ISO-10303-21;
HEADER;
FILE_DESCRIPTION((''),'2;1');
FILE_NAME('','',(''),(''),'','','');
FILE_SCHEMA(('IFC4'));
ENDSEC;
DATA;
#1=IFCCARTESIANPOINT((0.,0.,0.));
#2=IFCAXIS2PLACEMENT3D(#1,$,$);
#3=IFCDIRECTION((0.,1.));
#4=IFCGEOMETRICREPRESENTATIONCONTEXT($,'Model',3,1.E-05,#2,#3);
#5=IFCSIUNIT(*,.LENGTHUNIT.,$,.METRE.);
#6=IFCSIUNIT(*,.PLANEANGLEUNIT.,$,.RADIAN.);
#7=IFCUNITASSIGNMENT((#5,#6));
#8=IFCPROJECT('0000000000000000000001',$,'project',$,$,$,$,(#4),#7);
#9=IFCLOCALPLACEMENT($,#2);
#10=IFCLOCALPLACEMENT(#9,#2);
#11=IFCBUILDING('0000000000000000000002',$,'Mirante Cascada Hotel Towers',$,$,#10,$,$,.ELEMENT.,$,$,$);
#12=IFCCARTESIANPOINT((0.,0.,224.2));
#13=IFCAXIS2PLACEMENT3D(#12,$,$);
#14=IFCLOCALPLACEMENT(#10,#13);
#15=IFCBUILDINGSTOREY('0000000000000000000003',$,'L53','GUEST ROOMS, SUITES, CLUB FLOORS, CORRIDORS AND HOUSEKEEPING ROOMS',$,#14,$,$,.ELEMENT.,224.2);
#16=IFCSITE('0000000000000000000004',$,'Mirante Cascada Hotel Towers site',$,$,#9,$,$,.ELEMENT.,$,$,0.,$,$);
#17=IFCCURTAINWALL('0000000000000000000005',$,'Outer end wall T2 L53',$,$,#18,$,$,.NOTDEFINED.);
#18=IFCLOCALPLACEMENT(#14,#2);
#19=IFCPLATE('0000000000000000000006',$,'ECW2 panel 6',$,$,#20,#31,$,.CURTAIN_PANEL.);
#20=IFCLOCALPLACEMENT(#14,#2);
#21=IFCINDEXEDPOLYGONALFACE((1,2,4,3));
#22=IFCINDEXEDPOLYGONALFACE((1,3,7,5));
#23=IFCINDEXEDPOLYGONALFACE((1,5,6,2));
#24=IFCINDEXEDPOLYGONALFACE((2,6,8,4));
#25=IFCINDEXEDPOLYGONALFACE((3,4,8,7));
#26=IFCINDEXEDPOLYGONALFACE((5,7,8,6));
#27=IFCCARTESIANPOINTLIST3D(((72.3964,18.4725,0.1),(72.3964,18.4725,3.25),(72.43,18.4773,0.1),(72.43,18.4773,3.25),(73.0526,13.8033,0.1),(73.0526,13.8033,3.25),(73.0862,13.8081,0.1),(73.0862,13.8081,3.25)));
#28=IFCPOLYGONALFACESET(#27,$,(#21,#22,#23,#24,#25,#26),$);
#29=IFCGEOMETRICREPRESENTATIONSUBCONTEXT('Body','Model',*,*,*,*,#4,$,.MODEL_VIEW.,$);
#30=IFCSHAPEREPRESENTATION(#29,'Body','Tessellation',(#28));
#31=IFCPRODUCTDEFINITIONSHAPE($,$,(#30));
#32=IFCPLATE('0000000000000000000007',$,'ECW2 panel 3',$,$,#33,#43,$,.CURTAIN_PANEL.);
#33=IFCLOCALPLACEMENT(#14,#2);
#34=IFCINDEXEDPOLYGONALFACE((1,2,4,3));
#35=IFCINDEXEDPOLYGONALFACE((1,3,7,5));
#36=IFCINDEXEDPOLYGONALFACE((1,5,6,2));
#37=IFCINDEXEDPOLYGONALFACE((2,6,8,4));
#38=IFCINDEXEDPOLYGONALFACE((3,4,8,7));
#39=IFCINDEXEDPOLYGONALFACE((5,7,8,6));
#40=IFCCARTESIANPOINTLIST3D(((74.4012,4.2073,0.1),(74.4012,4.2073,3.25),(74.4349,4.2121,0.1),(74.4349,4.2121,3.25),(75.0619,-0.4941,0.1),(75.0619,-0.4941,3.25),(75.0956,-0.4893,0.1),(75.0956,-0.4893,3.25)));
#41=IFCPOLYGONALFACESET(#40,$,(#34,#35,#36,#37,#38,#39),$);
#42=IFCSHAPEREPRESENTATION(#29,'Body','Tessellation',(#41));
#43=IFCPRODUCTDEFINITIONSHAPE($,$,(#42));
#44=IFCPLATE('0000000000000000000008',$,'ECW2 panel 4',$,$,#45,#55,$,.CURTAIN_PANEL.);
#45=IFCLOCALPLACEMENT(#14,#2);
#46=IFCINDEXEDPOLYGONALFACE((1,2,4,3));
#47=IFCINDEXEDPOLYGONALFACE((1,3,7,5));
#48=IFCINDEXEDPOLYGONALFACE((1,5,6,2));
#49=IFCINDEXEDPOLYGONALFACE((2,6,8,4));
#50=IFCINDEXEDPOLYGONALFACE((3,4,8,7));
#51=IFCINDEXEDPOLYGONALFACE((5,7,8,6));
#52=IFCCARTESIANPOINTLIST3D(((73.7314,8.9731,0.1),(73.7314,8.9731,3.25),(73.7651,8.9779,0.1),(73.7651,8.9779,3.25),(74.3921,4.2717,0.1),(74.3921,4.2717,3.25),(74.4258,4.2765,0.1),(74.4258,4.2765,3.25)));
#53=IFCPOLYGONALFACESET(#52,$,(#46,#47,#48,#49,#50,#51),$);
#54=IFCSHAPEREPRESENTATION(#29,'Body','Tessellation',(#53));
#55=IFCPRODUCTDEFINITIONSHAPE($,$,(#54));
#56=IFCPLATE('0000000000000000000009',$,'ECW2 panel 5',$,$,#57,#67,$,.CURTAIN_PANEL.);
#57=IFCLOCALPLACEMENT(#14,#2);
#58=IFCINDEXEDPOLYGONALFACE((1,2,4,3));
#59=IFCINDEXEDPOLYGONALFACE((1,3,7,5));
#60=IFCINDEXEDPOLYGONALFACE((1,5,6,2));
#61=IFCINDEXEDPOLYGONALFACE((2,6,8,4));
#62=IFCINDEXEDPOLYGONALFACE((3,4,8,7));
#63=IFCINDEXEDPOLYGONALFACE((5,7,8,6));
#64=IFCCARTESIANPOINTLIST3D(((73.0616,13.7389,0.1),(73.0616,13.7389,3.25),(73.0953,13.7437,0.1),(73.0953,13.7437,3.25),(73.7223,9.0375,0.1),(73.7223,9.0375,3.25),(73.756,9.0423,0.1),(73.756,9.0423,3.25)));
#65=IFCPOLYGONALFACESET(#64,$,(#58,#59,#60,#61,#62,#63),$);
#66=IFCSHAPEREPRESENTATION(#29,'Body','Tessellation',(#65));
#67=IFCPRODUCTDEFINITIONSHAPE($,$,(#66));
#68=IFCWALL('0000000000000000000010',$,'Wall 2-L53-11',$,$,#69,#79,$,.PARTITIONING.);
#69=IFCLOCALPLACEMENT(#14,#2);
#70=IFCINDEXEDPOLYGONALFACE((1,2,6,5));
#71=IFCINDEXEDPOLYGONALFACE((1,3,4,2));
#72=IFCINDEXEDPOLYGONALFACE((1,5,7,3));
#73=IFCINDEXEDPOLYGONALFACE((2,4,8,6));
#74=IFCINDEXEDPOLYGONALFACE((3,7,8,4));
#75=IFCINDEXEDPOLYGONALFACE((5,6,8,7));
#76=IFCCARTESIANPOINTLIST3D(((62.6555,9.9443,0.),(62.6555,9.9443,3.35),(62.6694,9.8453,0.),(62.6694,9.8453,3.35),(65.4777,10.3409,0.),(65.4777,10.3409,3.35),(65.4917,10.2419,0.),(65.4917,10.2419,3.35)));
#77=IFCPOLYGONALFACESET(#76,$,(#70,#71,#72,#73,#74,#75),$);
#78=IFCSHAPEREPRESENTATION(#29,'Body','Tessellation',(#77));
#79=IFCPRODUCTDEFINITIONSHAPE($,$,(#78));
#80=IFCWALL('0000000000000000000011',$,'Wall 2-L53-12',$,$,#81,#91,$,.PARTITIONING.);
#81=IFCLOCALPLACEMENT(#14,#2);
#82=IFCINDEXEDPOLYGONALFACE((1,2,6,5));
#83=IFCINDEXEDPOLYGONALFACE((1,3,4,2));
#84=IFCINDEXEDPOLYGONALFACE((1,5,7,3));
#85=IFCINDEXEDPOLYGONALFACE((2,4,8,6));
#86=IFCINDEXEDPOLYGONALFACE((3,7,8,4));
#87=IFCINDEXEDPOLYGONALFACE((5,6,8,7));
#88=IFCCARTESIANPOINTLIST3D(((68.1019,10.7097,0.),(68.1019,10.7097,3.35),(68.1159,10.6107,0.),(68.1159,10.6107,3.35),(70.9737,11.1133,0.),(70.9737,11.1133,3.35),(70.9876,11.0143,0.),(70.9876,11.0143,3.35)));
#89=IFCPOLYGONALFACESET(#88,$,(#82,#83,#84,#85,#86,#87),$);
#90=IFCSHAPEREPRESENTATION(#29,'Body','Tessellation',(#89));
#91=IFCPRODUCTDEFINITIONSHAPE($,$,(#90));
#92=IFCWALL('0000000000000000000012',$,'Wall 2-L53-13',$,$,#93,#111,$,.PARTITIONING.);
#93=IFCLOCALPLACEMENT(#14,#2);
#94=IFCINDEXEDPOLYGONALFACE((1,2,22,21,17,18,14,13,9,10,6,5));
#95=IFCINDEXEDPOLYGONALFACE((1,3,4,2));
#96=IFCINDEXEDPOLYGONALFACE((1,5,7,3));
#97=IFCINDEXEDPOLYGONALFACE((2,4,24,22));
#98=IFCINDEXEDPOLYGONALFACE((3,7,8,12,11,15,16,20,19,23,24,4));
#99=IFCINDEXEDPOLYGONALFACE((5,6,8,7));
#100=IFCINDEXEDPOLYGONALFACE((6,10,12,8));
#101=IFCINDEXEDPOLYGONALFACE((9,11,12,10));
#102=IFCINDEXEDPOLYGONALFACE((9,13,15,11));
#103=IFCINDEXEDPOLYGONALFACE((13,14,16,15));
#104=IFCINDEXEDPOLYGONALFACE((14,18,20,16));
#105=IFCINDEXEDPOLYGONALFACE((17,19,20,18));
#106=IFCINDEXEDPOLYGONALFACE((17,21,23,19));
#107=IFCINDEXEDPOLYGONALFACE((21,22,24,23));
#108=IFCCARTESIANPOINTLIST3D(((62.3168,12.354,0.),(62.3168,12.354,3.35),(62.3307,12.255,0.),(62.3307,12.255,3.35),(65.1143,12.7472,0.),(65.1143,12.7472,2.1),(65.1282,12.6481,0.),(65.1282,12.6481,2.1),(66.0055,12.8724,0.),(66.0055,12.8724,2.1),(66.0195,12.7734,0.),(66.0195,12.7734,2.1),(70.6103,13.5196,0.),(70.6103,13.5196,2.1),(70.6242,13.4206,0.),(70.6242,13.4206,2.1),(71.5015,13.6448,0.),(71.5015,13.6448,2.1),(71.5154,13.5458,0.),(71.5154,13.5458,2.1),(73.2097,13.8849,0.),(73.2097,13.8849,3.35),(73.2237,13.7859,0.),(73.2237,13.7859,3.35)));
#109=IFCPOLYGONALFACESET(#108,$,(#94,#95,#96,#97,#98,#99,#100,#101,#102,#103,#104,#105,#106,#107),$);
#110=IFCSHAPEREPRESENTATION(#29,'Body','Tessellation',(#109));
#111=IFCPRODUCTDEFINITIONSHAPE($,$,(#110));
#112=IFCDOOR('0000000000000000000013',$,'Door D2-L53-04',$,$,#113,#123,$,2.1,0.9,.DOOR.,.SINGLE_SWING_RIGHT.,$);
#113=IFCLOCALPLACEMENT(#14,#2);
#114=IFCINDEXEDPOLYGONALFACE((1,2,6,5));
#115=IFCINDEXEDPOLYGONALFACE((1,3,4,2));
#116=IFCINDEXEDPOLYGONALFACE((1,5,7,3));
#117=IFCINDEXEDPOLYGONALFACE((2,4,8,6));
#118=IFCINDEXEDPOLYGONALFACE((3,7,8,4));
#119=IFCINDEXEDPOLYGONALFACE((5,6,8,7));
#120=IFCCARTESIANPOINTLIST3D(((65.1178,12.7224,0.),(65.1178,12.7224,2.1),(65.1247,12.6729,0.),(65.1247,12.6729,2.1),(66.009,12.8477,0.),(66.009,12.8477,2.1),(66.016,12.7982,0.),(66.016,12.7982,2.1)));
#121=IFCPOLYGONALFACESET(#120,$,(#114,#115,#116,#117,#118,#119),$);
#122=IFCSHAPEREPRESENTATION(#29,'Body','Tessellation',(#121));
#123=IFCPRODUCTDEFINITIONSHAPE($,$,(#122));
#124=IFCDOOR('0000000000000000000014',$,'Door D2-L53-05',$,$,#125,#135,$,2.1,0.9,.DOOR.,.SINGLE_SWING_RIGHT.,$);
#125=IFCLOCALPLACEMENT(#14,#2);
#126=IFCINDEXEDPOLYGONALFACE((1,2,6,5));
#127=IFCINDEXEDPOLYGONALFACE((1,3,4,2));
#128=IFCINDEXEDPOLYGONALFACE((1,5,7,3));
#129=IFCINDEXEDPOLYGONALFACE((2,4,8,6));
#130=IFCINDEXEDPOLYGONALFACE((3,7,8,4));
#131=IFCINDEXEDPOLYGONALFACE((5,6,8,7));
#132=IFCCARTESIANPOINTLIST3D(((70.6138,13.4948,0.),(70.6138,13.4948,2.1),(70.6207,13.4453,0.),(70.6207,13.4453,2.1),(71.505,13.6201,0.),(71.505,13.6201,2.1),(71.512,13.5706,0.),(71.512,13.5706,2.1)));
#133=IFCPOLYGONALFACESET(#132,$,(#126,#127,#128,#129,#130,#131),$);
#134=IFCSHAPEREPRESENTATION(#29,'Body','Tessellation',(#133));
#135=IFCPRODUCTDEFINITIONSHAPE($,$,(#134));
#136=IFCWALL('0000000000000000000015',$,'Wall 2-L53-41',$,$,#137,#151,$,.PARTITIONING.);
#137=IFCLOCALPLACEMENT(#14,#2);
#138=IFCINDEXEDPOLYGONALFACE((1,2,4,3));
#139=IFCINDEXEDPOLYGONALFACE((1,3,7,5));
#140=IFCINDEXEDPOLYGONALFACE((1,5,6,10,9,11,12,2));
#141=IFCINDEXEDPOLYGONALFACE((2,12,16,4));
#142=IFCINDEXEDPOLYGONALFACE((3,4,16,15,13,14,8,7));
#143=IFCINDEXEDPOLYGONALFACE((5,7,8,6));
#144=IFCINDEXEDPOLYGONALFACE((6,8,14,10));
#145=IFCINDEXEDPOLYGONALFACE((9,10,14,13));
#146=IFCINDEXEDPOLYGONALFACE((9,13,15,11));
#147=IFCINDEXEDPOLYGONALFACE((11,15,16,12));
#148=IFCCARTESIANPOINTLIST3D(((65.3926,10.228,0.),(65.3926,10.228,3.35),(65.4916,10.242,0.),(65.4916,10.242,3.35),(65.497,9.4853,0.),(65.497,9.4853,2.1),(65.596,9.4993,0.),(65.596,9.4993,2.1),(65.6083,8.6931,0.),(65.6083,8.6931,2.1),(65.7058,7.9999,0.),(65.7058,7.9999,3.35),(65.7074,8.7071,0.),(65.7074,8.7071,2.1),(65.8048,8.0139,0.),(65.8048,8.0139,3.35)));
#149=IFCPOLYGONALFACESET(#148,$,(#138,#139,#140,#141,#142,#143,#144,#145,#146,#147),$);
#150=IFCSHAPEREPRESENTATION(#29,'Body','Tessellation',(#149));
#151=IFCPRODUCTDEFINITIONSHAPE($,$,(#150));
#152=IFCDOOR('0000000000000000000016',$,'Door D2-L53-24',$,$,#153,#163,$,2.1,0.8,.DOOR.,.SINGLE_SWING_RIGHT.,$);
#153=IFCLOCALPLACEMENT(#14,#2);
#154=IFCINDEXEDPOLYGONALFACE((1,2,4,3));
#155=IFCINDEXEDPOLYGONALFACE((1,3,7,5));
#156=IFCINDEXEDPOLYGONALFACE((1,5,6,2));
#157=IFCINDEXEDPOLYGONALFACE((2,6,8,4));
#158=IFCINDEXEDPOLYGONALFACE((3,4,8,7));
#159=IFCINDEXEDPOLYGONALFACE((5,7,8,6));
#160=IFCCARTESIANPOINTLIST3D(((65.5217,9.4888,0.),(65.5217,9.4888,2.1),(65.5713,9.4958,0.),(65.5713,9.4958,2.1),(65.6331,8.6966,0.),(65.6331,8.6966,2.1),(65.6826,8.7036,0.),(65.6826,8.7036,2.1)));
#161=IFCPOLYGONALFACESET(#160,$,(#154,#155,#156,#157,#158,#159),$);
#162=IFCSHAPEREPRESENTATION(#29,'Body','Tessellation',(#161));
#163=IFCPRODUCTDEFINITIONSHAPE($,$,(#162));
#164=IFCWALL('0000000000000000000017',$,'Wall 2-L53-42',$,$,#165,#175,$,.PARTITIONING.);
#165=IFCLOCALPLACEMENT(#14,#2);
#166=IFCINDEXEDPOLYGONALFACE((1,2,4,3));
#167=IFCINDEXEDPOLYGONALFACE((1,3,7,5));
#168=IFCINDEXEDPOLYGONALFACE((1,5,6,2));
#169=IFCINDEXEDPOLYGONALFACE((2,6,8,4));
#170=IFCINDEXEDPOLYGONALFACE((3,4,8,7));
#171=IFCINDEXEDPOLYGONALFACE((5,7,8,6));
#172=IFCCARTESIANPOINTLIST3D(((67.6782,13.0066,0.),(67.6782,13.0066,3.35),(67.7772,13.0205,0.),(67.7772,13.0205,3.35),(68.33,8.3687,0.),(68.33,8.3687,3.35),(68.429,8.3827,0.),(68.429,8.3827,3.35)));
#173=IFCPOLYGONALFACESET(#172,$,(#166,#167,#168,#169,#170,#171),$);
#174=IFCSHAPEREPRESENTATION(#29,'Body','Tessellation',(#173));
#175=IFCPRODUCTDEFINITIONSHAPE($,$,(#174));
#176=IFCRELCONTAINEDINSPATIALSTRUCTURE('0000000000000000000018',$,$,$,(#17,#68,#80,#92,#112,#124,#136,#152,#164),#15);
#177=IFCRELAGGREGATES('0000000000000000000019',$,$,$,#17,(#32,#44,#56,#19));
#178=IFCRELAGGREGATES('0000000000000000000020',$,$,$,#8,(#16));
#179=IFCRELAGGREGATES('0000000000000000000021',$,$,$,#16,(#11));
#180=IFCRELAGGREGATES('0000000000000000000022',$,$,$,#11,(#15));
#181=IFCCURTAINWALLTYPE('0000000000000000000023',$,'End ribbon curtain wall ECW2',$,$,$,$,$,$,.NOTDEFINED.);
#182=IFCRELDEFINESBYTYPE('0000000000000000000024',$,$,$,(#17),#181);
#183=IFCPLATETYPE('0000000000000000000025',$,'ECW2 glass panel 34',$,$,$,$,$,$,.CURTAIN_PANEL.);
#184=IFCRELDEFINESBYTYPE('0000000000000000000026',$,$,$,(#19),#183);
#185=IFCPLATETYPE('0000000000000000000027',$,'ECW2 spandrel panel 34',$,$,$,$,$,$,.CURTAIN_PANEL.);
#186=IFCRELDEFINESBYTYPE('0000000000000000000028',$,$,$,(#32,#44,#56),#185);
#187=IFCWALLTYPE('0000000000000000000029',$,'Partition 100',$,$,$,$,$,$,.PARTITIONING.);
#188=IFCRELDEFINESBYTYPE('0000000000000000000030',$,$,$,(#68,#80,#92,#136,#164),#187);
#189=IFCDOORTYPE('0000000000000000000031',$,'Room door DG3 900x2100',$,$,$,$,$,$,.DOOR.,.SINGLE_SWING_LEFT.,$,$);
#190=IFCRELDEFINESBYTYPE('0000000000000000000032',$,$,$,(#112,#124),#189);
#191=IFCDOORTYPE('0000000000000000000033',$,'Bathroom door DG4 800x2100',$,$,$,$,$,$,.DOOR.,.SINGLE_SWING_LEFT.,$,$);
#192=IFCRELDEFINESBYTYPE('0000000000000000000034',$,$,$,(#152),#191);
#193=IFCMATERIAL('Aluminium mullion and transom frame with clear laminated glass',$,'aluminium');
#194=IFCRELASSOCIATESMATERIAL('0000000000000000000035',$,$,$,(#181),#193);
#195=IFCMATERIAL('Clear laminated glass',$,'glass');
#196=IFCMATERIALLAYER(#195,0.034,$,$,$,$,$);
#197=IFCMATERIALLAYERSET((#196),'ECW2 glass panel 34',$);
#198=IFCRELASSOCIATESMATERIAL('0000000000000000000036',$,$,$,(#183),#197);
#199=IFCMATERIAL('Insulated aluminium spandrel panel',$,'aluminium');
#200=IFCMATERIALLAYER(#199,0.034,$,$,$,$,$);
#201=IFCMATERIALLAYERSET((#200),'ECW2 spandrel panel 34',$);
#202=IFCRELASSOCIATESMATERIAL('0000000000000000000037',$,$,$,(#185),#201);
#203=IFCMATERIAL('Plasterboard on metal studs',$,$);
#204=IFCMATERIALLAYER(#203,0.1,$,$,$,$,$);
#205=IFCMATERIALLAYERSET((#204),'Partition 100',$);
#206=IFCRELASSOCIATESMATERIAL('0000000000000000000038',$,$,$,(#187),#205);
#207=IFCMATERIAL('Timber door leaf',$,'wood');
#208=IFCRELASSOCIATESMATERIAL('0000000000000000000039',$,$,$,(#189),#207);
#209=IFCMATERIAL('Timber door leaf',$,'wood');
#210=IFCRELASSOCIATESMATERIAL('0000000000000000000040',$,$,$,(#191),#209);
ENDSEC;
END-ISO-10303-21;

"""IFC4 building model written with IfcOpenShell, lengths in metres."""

from ifc_helpers import new_model, si_unit, direction, frame, frame_2d, origin, origin_2d, place, context, subcontext, project, spatial, rectangle, extrude, material, layer, layer_set, type_object, element, fill, aggregate, save


model = new_model("IFC4")

# Units and contexts
model_context = context("Model", 3, precision=1e-05, world=origin(), true_north=direction((0.0, 1.0)))
body_context = subcontext(model_context, "Body", "Model", "MODEL_VIEW")
ifc_project = project(units=[si_unit("LENGTHUNIT", "METRE"), si_unit("PLANEANGLEUNIT", "RADIAN")], contexts=[model_context])

# Site, building, storey
site_placement = place(None, origin())
site = spatial("IfcSite", under=ifc_project, at=site_placement, Name="Mirante Cascada Hotel Towers site", CompositionType="ELEMENT", RefElevation=0.0)
building_placement = place(site_placement, origin())
building = spatial("IfcBuilding", under=site, at=building_placement, Name="Mirante Cascada Hotel Towers", CompositionType="ELEMENT")
storey_placement = place(building_placement, frame((0.0, 0.0, 224.2)))
storey = spatial("IfcBuildingStorey", under=building, at=storey_placement, Name="L53", Description="GUEST ROOMS, SUITES, CLUB FLOORS, CORRIDORS AND HOUSEKEEPING ROOMS", CompositionType="ELEMENT", Elevation=224.2)

# Curtain wall
ifc_material_1 = material(Name="Aluminium mullion and transom frame with clear laminated glass", Category="aluminium")
curtain_wall_type_1 = type_object("IfcCurtainWallType", Name="End ribbon curtain wall ECW2", PredefinedType="NOTDEFINED", material=ifc_material_1)
curtain_wall_1_placement = place(storey_placement, origin())
curtain_wall_1 = element("IfcCurtainWall", 1, at=curtain_wall_1_placement, inside=storey, type_object=curtain_wall_type_1, Name="Outer end wall T2 L53", PredefinedType="NOTDEFINED")

# Plates
ifc_material_2 = material(Name="Clear laminated glass", Category="glass")
ifc_layer_1 = layer(ifc_material_2, 0.034)
ifc_layer_set_1 = layer_set([ifc_layer_1], Name="ECW2 glass panel 34")
plate_type_1 = type_object("IfcPlateType", Name="ECW2 glass panel 34", PredefinedType="CURTAIN_PANEL", material=ifc_layer_set_1)
plate_1_placement = place(storey_placement, frame((72.7413, 16.1403, 0.1), z_axis=(0.0, 0.0, 1.0), x_axis=(-0.139173, 0.990268, 0.0)))
plate_1 = element("IfcPlate", 2, at=plate_1_placement, type_object=plate_type_1, Name="ECW2 panel 6", PredefinedType="CURTAIN_PANEL", context=body_context, shape_type="SweptSolid", body=[
    extrude(rectangle(XDim=4.7151, YDim=0.034, at=origin_2d()), origin(), (0.0, 0.0, 1.0), 3.15),
])
ifc_material_3 = material(Name="Insulated aluminium spandrel panel", Category="aluminium")
ifc_layer_2 = layer(ifc_material_3, 0.034)
ifc_layer_set_2 = layer_set([ifc_layer_2], Name="ECW2 spandrel panel 34")
plate_type_2 = type_object("IfcPlateType", Name="ECW2 spandrel panel 34", PredefinedType="CURTAIN_PANEL", material=ifc_layer_set_2)
plate_2_placement = place(storey_placement, frame((74.7484, 1.859, 0.1), z_axis=(0.0, 0.0, 1.0), x_axis=(-0.139173, 0.990268, 0.0)))
plate_2 = element("IfcPlate", 3, at=plate_2_placement, type_object=plate_type_2, Name="ECW2 panel 3", PredefinedType="CURTAIN_PANEL", context=body_context, shape_type="SweptSolid", body=[
    extrude(rectangle(XDim=4.7476, YDim=0.034, at=origin_2d()), origin(), (0.0, 0.0, 1.0), 3.15),
])
plate_3_placement = place(storey_placement, frame((74.0786, 6.6248, 0.1), z_axis=(0.0, 0.0, 1.0), x_axis=(-0.139173, 0.990268, 0.0)))
plate_3 = element("IfcPlate", 4, at=plate_3_placement, type_object=plate_type_2, Name="ECW2 panel 4", PredefinedType="CURTAIN_PANEL", context=body_context, shape_type="SweptSolid", body=[
    extrude(rectangle(XDim=4.7476, YDim=0.034, at=origin_2d()), origin(), (0.0, 0.0, 1.0), 3.15),
])
plate_4_placement = place(storey_placement, frame((73.4088, 11.3906, 0.1), z_axis=(0.0, 0.0, 1.0), x_axis=(-0.139173, 0.990268, 0.0)))
plate_4 = element("IfcPlate", 5, at=plate_4_placement, type_object=plate_type_2, Name="ECW2 panel 5", PredefinedType="CURTAIN_PANEL", context=body_context, shape_type="SweptSolid", body=[
    extrude(rectangle(XDim=4.7476, YDim=0.034, at=origin_2d()), origin(), (0.0, 0.0, 1.0), 3.15),
])
aggregate(curtain_wall_1, [plate_2, plate_3, plate_4, plate_1])

# Walls
ifc_material_4 = material(Name="Plasterboard on metal studs")
ifc_layer_3 = layer(ifc_material_4, 0.1)
ifc_layer_set_3 = layer_set([ifc_layer_3], Name="Partition 100")
wall_type_1 = type_object("IfcWallType", Name="Partition 100", PredefinedType="PARTITIONING", material=ifc_layer_set_3)
wall_1_placement = place(storey_placement, frame((65.4847, 10.2914, 0.0), z_axis=(0.0, 0.0, 1.0), x_axis=(-0.99027, -0.139156, 0.0)))
element("IfcWall", 6, at=wall_1_placement, inside=storey, type_object=wall_type_1, Name="Wall 2-L53-11", PredefinedType="PARTITIONING", context=body_context, shape_type="SweptSolid", body=[
    extrude(rectangle(XDim=2.85, YDim=0.1, at=frame_2d((1.425, 0.0))), origin(), (0.0, 0.0, 1.0), 3.35),
])
wall_2_placement = place(storey_placement, frame((68.1089, 10.6602, 0.0), z_axis=(0.0, 0.0, 1.0), x_axis=(0.990268, 0.139171, 0.0)))
element("IfcWall", 7, at=wall_2_placement, inside=storey, type_object=wall_type_1, Name="Wall 2-L53-12", PredefinedType="PARTITIONING", context=body_context, shape_type="SweptSolid", body=[
    extrude(rectangle(XDim=2.9, YDim=0.1, at=frame_2d((1.45, 0.0))), origin(), (0.0, 0.0, 1.0), 3.35),
])

# Wall, openings, doors
wall_3_placement = place(storey_placement, frame((73.2167, 13.8354, 0.0), z_axis=(0.0, 0.0, 1.0), x_axis=(-0.990268, -0.139173, 0.0)))
wall_3 = element("IfcWall", 8, at=wall_3_placement, inside=storey, type_object=wall_type_1, Name="Wall 2-L53-13", PredefinedType="PARTITIONING", context=body_context, shape_type="SweptSolid", body=[
    extrude(rectangle(XDim=11.0, YDim=0.1, at=frame_2d((5.5, 0.0))), origin(), (0.0, 0.0, 1.0), 3.35),
])
opening_1_placement = place(wall_3_placement, frame((7.275, 0.0, 0.0)))
opening_1 = element("IfcOpeningElement", 9, at=opening_1_placement, cuts=wall_3, PredefinedType="OPENING", context=body_context, shape_type="SweptSolid", body=[
    extrude(rectangle(XDim=0.9, YDim=2.1, at=frame_2d((0.45, 1.05))), frame((0.0, 0.05, 0.0), z_axis=(0.0, -1.0, 0.0), x_axis=(1.0, 0.0, 0.0)), (0.0, 0.0, 1.0), 0.1),
])
opening_2_placement = place(wall_3_placement, frame((1.725, 0.0, 0.0)))
opening_2 = element("IfcOpeningElement", 10, at=opening_2_placement, cuts=wall_3, PredefinedType="OPENING", context=body_context, shape_type="SweptSolid", body=[
    extrude(rectangle(XDim=0.9, YDim=2.1, at=frame_2d((0.45, 1.05))), frame((0.0, 0.05, 0.0), z_axis=(0.0, -1.0, 0.0), x_axis=(1.0, 0.0, 0.0)), (0.0, 0.0, 1.0), 0.1),
])
ifc_material_5 = material(Name="Timber door leaf", Category="wood")
door_type_1 = type_object("IfcDoorType", Name="Room door DG3 900x2100", OperationType="SINGLE_SWING_LEFT", PredefinedType="DOOR", material=ifc_material_5)
door_1_placement = place(opening_1_placement, frame((0.9, 0.0, 0.0), z_axis=(0.0, 0.0, 1.0), x_axis=(-1.0, 0.0, 0.0)))
door_1 = element("IfcDoor", 11, at=door_1_placement, inside=storey, type_object=door_type_1, Name="Door D2-L53-04", OperationType="SINGLE_SWING_RIGHT", OverallHeight=2.1, OverallWidth=0.9, PredefinedType="DOOR", context=body_context, shape_type="SweptSolid", body=[
    extrude(rectangle(XDim=0.9, YDim=2.1, at=frame_2d((0.45, 1.05))), frame((0.0, 0.025, 0.0), z_axis=(0.0, -1.0, 0.0), x_axis=(1.0, 0.0, 0.0)), (0.0, 0.0, 1.0), 0.05),
])
fill(opening_1, door_1)
door_2_placement = place(opening_2_placement, frame((0.9, 0.0, 0.0), z_axis=(0.0, 0.0, 1.0), x_axis=(-1.0, 0.0, 0.0)))
door_2 = element("IfcDoor", 12, at=door_2_placement, inside=storey, type_object=door_type_1, Name="Door D2-L53-05", OperationType="SINGLE_SWING_RIGHT", OverallHeight=2.1, OverallWidth=0.9, PredefinedType="DOOR", context=body_context, shape_type="SweptSolid", body=[
    extrude(rectangle(XDim=0.9, YDim=2.1, at=frame_2d((0.45, 1.05))), frame((0.0, 0.025, 0.0), z_axis=(0.0, -1.0, 0.0), x_axis=(1.0, 0.0, 0.0)), (0.0, 0.0, 1.0), 0.05),
])
fill(opening_2, door_2)

# Wall, opening, door
wall_4_placement = place(storey_placement, frame((65.4421, 10.235, 0.0), z_axis=(0.0, 0.0, 1.0), x_axis=(0.1392, -0.990264, 0.0)))
wall_4 = element("IfcWall", 13, at=wall_4_placement, inside=storey, type_object=wall_type_1, Name="Wall 2-L53-41", PredefinedType="PARTITIONING", context=body_context, shape_type="SweptSolid", body=[
    extrude(rectangle(XDim=2.25, YDim=0.1, at=frame_2d((1.125, 0.0))), origin(), (0.0, 0.0, 1.0), 3.35),
])
opening_3_placement = place(wall_4_placement, frame((0.75, 0.0, 0.0)))
opening_3 = element("IfcOpeningElement", 14, at=opening_3_placement, cuts=wall_4, PredefinedType="OPENING", context=body_context, shape_type="SweptSolid", body=[
    extrude(rectangle(XDim=0.8, YDim=2.1, at=frame_2d((0.4, 1.05))), frame((0.0, 0.05, 0.0), z_axis=(0.0, -1.0, 0.0), x_axis=(1.0, 0.0, 0.0)), (0.0, 0.0, 1.0), 0.1),
])
ifc_material_6 = material(Name="Timber door leaf", Category="wood")
door_type_2 = type_object("IfcDoorType", Name="Bathroom door DG4 800x2100", OperationType="SINGLE_SWING_LEFT", PredefinedType="DOOR", material=ifc_material_6)
door_3_placement = place(opening_3_placement, frame((0.8, 0.0, 0.0), z_axis=(0.0, 0.0, 1.0), x_axis=(-1.0, 0.0, 0.0)))
door_3 = element("IfcDoor", 15, at=door_3_placement, inside=storey, type_object=door_type_2, Name="Door D2-L53-24", OperationType="SINGLE_SWING_RIGHT", OverallHeight=2.1, OverallWidth=0.8, PredefinedType="DOOR", context=body_context, shape_type="SweptSolid", body=[
    extrude(rectangle(XDim=0.8, YDim=2.1, at=frame_2d((0.4, 1.05))), frame((0.0, 0.025, 0.0), z_axis=(0.0, -1.0, 0.0), x_axis=(1.0, 0.0, 0.0)), (0.0, 0.0, 1.0), 0.05),
])
fill(opening_3, door_3)

# Wall
wall_5_placement = place(storey_placement, frame((68.3795, 8.3757, 0.0), z_axis=(0.0, 0.0, 1.0), x_axis=(-0.139173, 0.990268, 0.0)))
element("IfcWall", 16, at=wall_5_placement, inside=storey, type_object=wall_type_1, Name="Wall 2-L53-42", PredefinedType="PARTITIONING", context=body_context, shape_type="SweptSolid", body=[
    extrude(rectangle(XDim=4.6834, YDim=0.1, at=frame_2d((2.3417, 0.0))), origin(), (0.0, 0.0, 1.0), 3.35),
])

save(model, "model.ifc")
